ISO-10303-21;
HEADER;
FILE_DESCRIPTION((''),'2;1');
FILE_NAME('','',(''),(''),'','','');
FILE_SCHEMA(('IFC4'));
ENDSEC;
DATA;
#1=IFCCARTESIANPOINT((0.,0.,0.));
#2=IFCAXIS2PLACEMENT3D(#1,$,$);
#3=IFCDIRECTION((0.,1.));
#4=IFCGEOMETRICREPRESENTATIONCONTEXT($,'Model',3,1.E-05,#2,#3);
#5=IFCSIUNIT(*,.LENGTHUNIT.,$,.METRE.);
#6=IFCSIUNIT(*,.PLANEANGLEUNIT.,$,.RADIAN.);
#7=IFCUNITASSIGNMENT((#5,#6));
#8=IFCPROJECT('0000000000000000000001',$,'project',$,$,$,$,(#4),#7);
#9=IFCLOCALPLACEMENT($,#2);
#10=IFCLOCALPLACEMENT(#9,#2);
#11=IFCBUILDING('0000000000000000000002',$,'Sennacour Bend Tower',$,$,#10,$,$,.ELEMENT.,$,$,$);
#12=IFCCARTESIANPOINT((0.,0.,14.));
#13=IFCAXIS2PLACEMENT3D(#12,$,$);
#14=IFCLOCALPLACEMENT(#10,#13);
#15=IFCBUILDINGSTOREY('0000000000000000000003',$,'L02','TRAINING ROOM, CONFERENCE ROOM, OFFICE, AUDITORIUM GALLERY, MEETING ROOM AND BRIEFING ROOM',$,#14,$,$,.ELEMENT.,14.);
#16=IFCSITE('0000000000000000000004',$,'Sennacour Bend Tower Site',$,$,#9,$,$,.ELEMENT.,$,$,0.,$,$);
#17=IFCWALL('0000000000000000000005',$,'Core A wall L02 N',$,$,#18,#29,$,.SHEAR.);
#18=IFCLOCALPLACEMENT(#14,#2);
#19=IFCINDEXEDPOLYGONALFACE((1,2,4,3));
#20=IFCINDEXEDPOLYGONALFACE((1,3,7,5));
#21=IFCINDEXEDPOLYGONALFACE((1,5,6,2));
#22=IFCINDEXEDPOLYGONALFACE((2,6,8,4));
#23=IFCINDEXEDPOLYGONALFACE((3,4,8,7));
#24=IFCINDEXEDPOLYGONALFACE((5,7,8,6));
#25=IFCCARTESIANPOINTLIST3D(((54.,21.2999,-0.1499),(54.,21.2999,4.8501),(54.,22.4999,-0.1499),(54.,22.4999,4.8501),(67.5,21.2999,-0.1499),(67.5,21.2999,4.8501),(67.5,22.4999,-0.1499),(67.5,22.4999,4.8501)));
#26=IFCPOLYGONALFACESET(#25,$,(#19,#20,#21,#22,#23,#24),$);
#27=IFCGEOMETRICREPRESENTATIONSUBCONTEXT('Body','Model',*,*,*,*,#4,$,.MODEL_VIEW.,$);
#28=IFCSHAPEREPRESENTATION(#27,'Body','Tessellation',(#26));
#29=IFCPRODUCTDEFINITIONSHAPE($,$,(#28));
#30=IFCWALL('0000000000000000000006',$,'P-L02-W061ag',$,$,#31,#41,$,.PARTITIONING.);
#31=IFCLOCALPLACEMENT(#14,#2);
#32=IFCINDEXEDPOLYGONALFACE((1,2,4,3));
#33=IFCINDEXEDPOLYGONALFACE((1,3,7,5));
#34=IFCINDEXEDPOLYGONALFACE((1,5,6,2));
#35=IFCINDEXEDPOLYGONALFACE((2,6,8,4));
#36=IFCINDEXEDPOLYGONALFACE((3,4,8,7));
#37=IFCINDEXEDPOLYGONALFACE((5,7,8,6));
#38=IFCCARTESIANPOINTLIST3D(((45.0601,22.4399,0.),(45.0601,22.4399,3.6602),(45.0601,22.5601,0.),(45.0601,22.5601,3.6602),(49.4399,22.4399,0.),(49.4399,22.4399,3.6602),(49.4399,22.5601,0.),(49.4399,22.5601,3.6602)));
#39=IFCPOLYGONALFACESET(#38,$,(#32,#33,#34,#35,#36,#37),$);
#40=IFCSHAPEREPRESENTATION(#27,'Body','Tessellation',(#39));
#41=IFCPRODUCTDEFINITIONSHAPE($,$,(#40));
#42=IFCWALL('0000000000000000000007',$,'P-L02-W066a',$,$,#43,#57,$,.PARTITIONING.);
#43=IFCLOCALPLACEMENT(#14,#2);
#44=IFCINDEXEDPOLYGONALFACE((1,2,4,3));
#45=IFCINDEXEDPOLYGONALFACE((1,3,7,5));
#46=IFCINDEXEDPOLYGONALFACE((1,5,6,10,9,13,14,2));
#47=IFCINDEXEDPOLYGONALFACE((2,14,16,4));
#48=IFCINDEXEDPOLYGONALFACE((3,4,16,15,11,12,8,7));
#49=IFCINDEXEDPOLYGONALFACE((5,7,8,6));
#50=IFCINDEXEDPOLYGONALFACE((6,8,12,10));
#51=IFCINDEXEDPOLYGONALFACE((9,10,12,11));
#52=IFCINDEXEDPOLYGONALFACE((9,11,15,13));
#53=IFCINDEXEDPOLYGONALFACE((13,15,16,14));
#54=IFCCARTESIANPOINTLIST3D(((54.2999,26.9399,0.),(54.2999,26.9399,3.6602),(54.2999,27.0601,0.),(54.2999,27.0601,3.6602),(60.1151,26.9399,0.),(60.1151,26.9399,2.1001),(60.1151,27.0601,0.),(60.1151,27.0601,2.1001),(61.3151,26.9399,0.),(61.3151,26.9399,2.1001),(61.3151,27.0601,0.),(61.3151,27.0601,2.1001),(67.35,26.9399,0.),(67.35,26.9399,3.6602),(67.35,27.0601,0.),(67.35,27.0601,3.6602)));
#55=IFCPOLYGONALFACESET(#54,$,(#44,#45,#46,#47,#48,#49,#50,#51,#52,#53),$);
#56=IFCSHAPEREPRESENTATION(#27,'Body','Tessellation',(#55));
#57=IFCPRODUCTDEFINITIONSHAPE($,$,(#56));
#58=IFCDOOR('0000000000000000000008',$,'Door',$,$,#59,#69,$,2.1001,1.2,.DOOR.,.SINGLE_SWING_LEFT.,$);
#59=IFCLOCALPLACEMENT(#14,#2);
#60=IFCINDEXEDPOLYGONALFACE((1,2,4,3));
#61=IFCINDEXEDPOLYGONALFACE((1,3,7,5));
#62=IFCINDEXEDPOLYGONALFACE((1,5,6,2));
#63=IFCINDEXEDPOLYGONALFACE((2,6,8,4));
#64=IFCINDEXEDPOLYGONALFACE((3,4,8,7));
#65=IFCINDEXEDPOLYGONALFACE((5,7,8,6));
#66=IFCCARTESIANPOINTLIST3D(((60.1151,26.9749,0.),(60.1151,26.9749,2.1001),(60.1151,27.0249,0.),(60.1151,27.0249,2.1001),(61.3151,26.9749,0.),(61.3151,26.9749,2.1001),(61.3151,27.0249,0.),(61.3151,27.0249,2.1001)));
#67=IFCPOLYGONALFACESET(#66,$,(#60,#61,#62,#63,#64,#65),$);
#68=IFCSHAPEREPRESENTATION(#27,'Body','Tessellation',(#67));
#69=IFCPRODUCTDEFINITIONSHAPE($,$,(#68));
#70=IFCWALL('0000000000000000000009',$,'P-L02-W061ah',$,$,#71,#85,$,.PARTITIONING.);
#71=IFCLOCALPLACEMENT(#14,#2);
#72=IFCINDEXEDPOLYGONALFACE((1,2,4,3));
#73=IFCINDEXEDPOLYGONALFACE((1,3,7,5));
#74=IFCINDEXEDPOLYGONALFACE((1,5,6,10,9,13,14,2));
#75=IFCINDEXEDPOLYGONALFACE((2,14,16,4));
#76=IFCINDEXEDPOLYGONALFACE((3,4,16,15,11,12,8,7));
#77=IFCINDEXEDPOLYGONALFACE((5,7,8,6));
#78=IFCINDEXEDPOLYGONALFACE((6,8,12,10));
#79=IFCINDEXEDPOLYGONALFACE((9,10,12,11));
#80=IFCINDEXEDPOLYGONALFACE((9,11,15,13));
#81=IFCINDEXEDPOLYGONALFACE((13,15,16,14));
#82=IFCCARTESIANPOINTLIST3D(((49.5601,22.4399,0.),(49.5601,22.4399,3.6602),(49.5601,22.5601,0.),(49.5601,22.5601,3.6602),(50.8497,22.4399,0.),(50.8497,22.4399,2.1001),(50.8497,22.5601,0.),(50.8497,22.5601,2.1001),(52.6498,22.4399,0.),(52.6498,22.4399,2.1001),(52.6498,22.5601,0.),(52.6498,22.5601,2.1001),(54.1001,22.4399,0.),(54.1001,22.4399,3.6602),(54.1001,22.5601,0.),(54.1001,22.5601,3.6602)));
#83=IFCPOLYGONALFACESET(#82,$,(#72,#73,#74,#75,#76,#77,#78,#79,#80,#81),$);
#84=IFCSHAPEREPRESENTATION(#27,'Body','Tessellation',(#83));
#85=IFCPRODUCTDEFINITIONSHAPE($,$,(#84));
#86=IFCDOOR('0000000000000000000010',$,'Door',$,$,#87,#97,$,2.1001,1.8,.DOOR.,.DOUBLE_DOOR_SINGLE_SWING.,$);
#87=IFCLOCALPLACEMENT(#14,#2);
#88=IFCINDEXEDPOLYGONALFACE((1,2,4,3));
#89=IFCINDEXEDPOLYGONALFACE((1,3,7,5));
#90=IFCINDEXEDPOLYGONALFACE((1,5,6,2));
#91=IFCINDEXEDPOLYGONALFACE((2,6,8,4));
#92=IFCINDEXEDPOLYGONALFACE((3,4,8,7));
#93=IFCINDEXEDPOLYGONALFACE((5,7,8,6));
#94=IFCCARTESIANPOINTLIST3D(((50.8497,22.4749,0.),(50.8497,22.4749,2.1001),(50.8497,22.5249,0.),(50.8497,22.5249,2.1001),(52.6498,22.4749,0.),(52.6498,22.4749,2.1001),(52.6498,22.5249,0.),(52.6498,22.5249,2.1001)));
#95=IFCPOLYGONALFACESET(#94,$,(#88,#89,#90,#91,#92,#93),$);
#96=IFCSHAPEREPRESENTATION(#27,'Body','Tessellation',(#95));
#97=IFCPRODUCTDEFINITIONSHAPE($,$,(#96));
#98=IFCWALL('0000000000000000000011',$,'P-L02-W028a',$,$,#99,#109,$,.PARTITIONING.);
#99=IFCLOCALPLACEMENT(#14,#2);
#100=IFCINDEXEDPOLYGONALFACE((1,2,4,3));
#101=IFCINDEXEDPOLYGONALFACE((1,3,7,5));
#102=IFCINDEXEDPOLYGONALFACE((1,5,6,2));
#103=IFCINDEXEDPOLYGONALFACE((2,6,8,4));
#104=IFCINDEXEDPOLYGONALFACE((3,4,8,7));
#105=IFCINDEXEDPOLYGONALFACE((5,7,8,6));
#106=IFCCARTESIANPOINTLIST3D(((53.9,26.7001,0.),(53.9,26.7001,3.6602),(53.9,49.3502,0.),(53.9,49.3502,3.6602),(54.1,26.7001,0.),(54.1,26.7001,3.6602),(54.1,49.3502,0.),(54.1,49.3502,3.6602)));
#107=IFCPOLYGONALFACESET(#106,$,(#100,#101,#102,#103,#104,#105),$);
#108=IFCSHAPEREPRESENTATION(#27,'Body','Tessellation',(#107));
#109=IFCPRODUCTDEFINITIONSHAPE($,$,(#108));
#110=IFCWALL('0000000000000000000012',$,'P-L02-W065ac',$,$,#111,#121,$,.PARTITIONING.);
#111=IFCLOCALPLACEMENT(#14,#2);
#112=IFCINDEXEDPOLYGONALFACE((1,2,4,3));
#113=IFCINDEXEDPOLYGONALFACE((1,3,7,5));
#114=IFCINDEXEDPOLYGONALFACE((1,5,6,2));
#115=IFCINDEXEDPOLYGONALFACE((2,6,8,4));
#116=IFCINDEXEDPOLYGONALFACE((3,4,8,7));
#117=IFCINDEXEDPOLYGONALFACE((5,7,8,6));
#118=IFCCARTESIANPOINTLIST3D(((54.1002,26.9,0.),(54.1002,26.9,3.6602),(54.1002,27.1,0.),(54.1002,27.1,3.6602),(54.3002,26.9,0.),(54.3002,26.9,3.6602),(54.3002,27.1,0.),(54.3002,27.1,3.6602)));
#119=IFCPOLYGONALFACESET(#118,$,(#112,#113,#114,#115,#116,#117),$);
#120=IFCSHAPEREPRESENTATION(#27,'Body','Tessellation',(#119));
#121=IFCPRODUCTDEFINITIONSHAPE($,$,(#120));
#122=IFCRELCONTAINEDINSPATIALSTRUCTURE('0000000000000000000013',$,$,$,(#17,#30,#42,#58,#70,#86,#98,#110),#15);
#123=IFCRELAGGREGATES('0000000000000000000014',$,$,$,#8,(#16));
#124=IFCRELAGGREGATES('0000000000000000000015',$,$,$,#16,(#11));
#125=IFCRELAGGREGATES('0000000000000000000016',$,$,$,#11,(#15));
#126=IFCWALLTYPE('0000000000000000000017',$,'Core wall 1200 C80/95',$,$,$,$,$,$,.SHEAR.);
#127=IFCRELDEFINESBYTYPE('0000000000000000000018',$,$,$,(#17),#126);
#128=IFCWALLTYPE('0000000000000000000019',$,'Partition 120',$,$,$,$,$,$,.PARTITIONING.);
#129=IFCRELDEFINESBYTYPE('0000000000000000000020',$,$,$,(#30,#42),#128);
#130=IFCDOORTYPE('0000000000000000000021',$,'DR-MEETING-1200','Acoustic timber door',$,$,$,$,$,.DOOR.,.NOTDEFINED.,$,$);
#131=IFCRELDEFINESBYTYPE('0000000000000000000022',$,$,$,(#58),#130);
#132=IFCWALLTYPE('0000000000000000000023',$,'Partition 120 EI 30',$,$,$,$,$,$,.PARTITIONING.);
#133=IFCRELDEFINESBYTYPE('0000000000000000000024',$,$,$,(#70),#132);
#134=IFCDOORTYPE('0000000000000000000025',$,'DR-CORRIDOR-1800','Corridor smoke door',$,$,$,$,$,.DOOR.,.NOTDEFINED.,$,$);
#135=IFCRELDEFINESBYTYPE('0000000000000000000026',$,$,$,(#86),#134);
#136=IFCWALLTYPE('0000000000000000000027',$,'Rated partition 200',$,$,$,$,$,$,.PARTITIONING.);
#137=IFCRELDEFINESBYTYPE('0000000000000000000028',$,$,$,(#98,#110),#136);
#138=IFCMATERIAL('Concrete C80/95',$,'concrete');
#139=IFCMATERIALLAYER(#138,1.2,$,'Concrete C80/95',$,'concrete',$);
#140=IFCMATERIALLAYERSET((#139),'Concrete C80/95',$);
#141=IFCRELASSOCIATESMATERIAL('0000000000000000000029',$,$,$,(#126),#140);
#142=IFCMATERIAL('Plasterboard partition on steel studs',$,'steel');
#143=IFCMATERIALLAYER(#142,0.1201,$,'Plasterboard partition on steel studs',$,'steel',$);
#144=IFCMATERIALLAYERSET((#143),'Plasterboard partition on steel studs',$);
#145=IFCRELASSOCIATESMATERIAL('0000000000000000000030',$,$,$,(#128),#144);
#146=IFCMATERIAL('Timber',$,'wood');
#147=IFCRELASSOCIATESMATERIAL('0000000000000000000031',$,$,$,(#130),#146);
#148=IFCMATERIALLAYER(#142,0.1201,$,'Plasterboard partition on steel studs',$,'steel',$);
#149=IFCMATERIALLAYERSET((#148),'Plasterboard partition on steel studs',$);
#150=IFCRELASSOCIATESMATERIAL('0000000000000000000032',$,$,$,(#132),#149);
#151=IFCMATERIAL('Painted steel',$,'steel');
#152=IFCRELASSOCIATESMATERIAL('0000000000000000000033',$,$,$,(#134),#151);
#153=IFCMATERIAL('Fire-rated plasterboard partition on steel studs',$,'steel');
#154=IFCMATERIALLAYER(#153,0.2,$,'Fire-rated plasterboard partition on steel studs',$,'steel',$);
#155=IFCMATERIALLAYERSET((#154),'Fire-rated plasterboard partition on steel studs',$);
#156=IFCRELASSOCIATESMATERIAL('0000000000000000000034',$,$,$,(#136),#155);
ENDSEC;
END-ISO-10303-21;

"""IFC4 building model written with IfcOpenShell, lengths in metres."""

from ifc_helpers import new_model, si_unit, direction, frame, frame_2d, origin, place, context, subcontext, project, spatial, rectangle, extrude, material, layer, layer_set, type_object, element, fill, save


model = new_model("IFC4")

# Units and contexts
model_context = context("Model", 3, precision=1e-05, world=origin(), true_north=direction((0.0, 1.0)))
body_context = subcontext(model_context, "Body", "Model", "MODEL_VIEW")
ifc_project = project(units=[si_unit("LENGTHUNIT", "METRE"), si_unit("PLANEANGLEUNIT", "RADIAN")], contexts=[model_context])

# Site, building, storey
site_placement = place(None, origin())
site = spatial("IfcSite", under=ifc_project, at=site_placement, Name="Sennacour Bend Tower Site", CompositionType="ELEMENT", RefElevation=0.0)
building_placement = place(site_placement, origin())
building = spatial("IfcBuilding", under=site, at=building_placement, Name="Sennacour Bend Tower", CompositionType="ELEMENT")
storey_placement = place(building_placement, frame((0.0, 0.0, 14.0)))
storey = spatial("IfcBuildingStorey", under=building, at=storey_placement, Name="L02", Description="TRAINING ROOM, CONFERENCE ROOM, OFFICE, AUDITORIUM GALLERY, MEETING ROOM AND BRIEFING ROOM", CompositionType="ELEMENT", Elevation=14.0)

# Walls
ifc_material_1 = material(Name="Concrete C80/95", Category="concrete")
ifc_layer_1 = layer(ifc_material_1, 1.2, Name="Concrete C80/95", Category="concrete")
ifc_layer_set_1 = layer_set([ifc_layer_1], Name="Concrete C80/95")
wall_type_1 = type_object("IfcWallType", Name="Core wall 1200 C80/95", PredefinedType="SHEAR", material=ifc_layer_set_1)
wall_1_placement = place(storey_placement, frame((54.0, 21.8999, -0.1499), z_axis=(0.0, 0.0, 1.0), x_axis=(1.0, 0.0, 0.0)))
element("IfcWall", 1, at=wall_1_placement, inside=storey, type_object=wall_type_1, Name="Core A wall L02 N", PredefinedType="SHEAR", context=body_context, shape_type="SweptSolid", body=[
    extrude(rectangle(XDim=13.5, YDim=1.2, at=frame_2d((6.75, 0.0))), origin(), (0.0, 0.0, 1.0), 5.0),
])
ifc_material_2 = material(Name="Plasterboard partition on steel studs", Category="steel")
ifc_layer_2 = layer(ifc_material_2, 0.1201, Name="Plasterboard partition on steel studs", Category="steel")
ifc_layer_set_2 = layer_set([ifc_layer_2], Name="Plasterboard partition on steel studs")
wall_type_2 = type_object("IfcWallType", Name="Partition 120", PredefinedType="PARTITIONING", material=ifc_layer_set_2)
wall_2_placement = place(storey_placement, frame((45.0601, 22.5, 0.0), z_axis=(0.0, 0.0, 1.0), x_axis=(1.0, 0.0, 0.0)))
element("IfcWall", 2, at=wall_2_placement, inside=storey, type_object=wall_type_2, Name="P-L02-W061ag", PredefinedType="PARTITIONING", context=body_context, shape_type="SweptSolid", body=[
    extrude(rectangle(XDim=4.3799, YDim=0.1201, at=frame_2d((2.1899, 0.0))), origin(), (0.0, 0.0, 1.0), 3.6602),
])

# Walls, openings, doors
wall_3_placement = place(storey_placement, frame((54.3, 27.0, 0.0), z_axis=(0.0, 0.0, 1.0), x_axis=(1.0, 0.0, 0.0)))
wall_3 = element("IfcWall", 3, at=wall_3_placement, inside=storey, type_object=wall_type_2, Name="P-L02-W066a", PredefinedType="PARTITIONING", context=body_context, shape_type="SweptSolid", body=[
    extrude(rectangle(XDim=13.05, YDim=0.1201, at=frame_2d((6.5249, 0.0))), origin(), (0.0, 0.0, 1.0), 3.6602),
])
opening_1_placement = place(wall_3_placement, frame((5.8149, 0.0, 0.0)))
opening_1 = element("IfcOpeningElement", 4, at=opening_1_placement, cuts=wall_3, PredefinedType="OPENING", context=body_context, shape_type="SweptSolid", body=[
    extrude(rectangle(XDim=1.2, YDim=2.1001, at=frame_2d((0.6001, 1.05))), frame((0.0, 0.0701, 0.0), z_axis=(0.0, -1.0, 0.0), x_axis=(1.0, 0.0, 0.0)), (0.0, 0.0, 1.0), 0.1401),
])
ifc_material_3 = material(Name="Timber", Category="wood")
door_type_1 = type_object("IfcDoorType", Name="DR-MEETING-1200", Description="Acoustic timber door", OperationType="NOTDEFINED", PredefinedType="DOOR", material=ifc_material_3)
door_1_placement = place(opening_1_placement, origin())
door_1 = element("IfcDoor", 5, at=door_1_placement, inside=storey, type_object=door_type_1, Name="Door", OperationType="SINGLE_SWING_LEFT", OverallHeight=2.1001, OverallWidth=1.2, PredefinedType="DOOR", context=body_context, shape_type="SweptSolid", body=[
    extrude(rectangle(XDim=1.2, YDim=2.1001, at=frame_2d((0.6001, 1.05))), frame((0.0, 0.0249, 0.0), z_axis=(0.0, -1.0, 0.0), x_axis=(1.0, 0.0, 0.0)), (0.0, 0.0, 1.0), 0.05),
])
fill(opening_1, door_1)
ifc_layer_3 = layer(ifc_material_2, 0.1201, Name="Plasterboard partition on steel studs", Category="steel")
ifc_layer_set_3 = layer_set([ifc_layer_3], Name="Plasterboard partition on steel studs")
wall_type_3 = type_object("IfcWallType", Name="Partition 120 EI 30", PredefinedType="PARTITIONING", material=ifc_layer_set_3)
wall_4_placement = place(storey_placement, frame((49.5601, 22.5, 0.0), z_axis=(0.0, 0.0, 1.0), x_axis=(1.0, 0.0, 0.0)))
wall_4 = element("IfcWall", 6, at=wall_4_placement, inside=storey, type_object=wall_type_3, Name="P-L02-W061ah", PredefinedType="PARTITIONING", context=body_context, shape_type="SweptSolid", body=[
    extrude(rectangle(XDim=4.54, YDim=0.1201, at=frame_2d((2.27, 0.0))), origin(), (0.0, 0.0, 1.0), 3.6602),
])
opening_2_placement = place(wall_4_placement, frame((1.2898, 0.0, 0.0)))
opening_2 = element("IfcOpeningElement", 7, at=opening_2_placement, cuts=wall_4, PredefinedType="OPENING", context=body_context, shape_type="SweptSolid", body=[
    extrude(rectangle(XDim=1.8, YDim=2.1001, at=frame_2d((0.8999, 1.05))), frame((0.0, 0.0701, 0.0), z_axis=(0.0, -1.0, 0.0), x_axis=(1.0, 0.0, 0.0)), (0.0, 0.0, 1.0), 0.1401),
])
ifc_material_4 = material(Name="Painted steel", Category="steel")
door_type_2 = type_object("IfcDoorType", Name="DR-CORRIDOR-1800", Description="Corridor smoke door", OperationType="NOTDEFINED", PredefinedType="DOOR", material=ifc_material_4)
door_2_placement = place(opening_2_placement, origin())
door_2 = element("IfcDoor", 8, at=door_2_placement, inside=storey, type_object=door_type_2, Name="Door", OperationType="DOUBLE_DOOR_SINGLE_SWING", OverallHeight=2.1001, OverallWidth=1.8, PredefinedType="DOOR", context=body_context, shape_type="SweptSolid", body=[
    extrude(rectangle(XDim=1.8, YDim=2.1001, at=frame_2d((0.8999, 1.05))), frame((0.0, 0.0249, 0.0), z_axis=(0.0, -1.0, 0.0), x_axis=(1.0, 0.0, 0.0)), (0.0, 0.0, 1.0), 0.05),
])
fill(opening_2, door_2)

# Walls
ifc_material_5 = material(Name="Fire-rated plasterboard partition on steel studs", Category="steel")
ifc_layer_4 = layer(ifc_material_5, 0.2, Name="Fire-rated plasterboard partition on steel studs", Category="steel")
ifc_layer_set_4 = layer_set([ifc_layer_4], Name="Fire-rated plasterboard partition on steel studs")
wall_type_4 = type_object("IfcWallType", Name="Rated partition 200", PredefinedType="PARTITIONING", material=ifc_layer_set_4)
wall_5_placement = place(storey_placement, frame((54.0, 26.7, 0.0), z_axis=(0.0, 0.0, 1.0), x_axis=(0.0, 1.0, 0.0)))
element("IfcWall", 9, at=wall_5_placement, inside=storey, type_object=wall_type_4, Name="P-L02-W028a", PredefinedType="PARTITIONING", context=body_context, shape_type="SweptSolid", body=[
    extrude(rectangle(XDim=22.6501, YDim=0.2, at=frame_2d((11.3252, 0.0))), origin(), (0.0, 0.0, 1.0), 3.6602),
])
wall_6_placement = place(storey_placement, frame((54.1001, 27.0, 0.0), z_axis=(0.0, 0.0, 1.0), x_axis=(1.0, 0.0, 0.0)))
element("IfcWall", 10, at=wall_6_placement, inside=storey, type_object=wall_type_4, Name="P-L02-W065ac", PredefinedType="PARTITIONING", context=body_context, shape_type="SweptSolid", body=[
    extrude(rectangle(XDim=0.2, YDim=0.2, at=frame_2d((0.1001, 0.0))), origin(), (0.0, 0.0, 1.0), 3.6602),
])

save(model, "model.ifc")
